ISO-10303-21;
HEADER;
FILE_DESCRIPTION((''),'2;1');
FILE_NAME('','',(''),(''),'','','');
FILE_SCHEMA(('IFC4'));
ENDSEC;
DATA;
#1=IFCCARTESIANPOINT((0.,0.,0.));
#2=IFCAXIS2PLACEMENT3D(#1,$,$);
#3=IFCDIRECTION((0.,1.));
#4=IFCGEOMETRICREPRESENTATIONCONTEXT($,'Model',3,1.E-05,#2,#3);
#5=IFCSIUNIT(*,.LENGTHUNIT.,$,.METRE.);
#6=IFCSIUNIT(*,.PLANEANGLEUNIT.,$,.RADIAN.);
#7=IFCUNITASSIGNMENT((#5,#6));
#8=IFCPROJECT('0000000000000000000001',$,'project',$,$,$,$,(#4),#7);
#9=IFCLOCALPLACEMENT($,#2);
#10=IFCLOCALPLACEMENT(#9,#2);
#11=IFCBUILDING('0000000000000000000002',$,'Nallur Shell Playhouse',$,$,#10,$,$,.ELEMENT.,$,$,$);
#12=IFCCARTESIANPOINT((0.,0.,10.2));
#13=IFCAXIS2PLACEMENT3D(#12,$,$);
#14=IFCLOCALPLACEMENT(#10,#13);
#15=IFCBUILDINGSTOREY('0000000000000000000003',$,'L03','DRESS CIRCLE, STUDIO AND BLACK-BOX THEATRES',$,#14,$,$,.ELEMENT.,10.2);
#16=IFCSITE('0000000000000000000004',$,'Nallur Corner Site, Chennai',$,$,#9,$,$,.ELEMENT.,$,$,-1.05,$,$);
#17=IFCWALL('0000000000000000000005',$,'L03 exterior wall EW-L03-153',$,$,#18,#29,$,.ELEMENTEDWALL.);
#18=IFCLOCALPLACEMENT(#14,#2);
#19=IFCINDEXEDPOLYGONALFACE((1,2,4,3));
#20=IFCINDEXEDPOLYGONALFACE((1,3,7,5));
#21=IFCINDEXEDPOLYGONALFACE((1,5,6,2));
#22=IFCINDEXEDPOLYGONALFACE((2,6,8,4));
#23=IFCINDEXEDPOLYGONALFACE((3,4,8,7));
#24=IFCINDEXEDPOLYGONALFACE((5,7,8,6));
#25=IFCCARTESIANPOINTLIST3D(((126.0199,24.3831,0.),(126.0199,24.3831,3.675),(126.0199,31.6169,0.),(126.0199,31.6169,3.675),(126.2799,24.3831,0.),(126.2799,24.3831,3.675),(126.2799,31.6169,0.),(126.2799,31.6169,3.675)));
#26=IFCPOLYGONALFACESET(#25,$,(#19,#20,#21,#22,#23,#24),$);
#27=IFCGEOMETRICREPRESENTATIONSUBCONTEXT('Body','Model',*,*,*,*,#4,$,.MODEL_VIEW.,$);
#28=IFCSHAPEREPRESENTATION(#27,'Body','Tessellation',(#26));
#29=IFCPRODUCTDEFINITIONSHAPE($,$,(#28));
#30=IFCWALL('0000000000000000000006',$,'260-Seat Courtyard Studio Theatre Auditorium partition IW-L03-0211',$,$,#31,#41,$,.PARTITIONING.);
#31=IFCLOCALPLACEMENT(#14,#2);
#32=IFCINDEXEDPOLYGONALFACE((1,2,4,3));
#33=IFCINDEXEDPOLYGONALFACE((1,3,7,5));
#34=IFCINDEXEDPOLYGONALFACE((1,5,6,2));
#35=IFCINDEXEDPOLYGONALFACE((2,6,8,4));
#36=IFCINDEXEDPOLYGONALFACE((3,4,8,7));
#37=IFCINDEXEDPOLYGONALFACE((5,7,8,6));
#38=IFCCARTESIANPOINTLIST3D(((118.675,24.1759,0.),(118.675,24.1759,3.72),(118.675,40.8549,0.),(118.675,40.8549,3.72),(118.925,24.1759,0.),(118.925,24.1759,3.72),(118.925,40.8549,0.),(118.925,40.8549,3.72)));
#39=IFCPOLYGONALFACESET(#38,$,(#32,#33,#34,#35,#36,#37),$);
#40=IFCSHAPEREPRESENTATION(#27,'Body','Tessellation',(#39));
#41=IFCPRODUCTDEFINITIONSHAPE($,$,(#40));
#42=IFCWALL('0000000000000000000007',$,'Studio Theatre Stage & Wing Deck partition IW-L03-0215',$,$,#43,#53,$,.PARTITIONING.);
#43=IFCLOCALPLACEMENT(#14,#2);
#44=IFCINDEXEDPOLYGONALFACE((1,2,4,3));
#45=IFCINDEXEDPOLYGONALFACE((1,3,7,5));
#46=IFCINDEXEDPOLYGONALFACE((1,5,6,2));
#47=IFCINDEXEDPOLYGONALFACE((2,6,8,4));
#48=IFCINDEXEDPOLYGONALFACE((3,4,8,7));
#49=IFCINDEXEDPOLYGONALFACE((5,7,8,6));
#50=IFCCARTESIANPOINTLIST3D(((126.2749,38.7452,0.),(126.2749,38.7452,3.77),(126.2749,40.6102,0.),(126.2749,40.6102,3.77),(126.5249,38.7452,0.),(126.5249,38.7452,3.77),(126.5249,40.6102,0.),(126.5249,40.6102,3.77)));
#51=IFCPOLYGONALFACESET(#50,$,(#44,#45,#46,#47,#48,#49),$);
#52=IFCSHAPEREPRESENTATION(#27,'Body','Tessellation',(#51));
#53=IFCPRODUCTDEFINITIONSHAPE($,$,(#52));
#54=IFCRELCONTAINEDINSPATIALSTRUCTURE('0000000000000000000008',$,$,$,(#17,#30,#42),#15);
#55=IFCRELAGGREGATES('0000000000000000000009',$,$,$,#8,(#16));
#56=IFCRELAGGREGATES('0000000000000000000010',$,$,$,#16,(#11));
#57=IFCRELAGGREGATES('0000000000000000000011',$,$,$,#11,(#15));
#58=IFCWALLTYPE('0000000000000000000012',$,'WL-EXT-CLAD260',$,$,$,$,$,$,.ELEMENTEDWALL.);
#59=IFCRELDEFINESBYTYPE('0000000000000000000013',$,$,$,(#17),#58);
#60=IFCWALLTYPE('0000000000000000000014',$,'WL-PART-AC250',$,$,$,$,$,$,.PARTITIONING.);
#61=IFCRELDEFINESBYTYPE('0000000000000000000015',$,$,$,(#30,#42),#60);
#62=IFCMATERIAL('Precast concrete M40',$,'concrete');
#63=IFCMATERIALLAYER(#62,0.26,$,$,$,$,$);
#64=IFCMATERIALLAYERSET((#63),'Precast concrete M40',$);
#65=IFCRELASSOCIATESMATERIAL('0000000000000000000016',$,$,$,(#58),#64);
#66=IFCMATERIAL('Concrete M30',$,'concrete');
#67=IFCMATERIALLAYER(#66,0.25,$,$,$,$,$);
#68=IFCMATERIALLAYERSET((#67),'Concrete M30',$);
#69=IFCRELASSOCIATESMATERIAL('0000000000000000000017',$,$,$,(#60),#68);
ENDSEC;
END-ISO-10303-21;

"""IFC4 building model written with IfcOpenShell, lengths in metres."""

from ifc_helpers import new_model, si_unit, direction, frame, frame_2d, origin, place, context, subcontext, project, spatial, rectangle, extrude, material, layer, layer_set, type_object, element, save


model = new_model("IFC4")

# Units and contexts
model_context = context("Model", 3, precision=1e-05, world=origin(), true_north=direction((0.0, 1.0)))
body_context = subcontext(model_context, "Body", "Model", "MODEL_VIEW")
ifc_project = project(units=[si_unit("LENGTHUNIT", "METRE"), si_unit("PLANEANGLEUNIT", "RADIAN")], contexts=[model_context])

# Site, building, storey
site_placement = place(None, origin())
site = spatial("IfcSite", under=ifc_project, at=site_placement, Name="Nallur Corner Site, Chennai", CompositionType="ELEMENT", RefElevation=-1.05)
building_placement = place(site_placement, origin())
building = spatial("IfcBuilding", under=site, at=building_placement, Name="Nallur Shell Playhouse", CompositionType="ELEMENT")
storey_placement = place(building_placement, frame((0.0, 0.0, 10.2)))
storey = spatial("IfcBuildingStorey", under=building, at=storey_placement, Name="L03", Description="DRESS CIRCLE, STUDIO AND BLACK-BOX THEATRES", CompositionType="ELEMENT", Elevation=10.2)

# Walls
ifc_material_1 = material(Name="Precast concrete M40", Category="concrete")
ifc_layer_1 = layer(ifc_material_1, 0.26)
ifc_layer_set_1 = layer_set([ifc_layer_1], Name="Precast concrete M40")
wall_type_1 = type_object("IfcWallType", Name="WL-EXT-CLAD260", PredefinedType="ELEMENTEDWALL", material=ifc_layer_set_1)
wall_1_placement = place(storey_placement, frame((126.1499, 31.6169, 0.0), z_axis=(0.0, 0.0, 1.0), x_axis=(0.0, -1.0, 0.0)))
element("IfcWall", 1, at=wall_1_placement, inside=storey, type_object=wall_type_1, Name="L03 exterior wall EW-L03-153", PredefinedType="ELEMENTEDWALL", context=body_context, shape_type="SweptSolid", body=[
    extrude(rectangle(XDim=7.2339, YDim=0.26, at=frame_2d((3.6169, 0.0))), origin(), (0.0, 0.0, 1.0), 3.675),
])
ifc_material_2 = material(Name="Concrete M30", Category="concrete")
ifc_layer_2 = layer(ifc_material_2, 0.25)
ifc_layer_set_2 = layer_set([ifc_layer_2], Name="Concrete M30")
wall_type_2 = type_object("IfcWallType", Name="WL-PART-AC250", PredefinedType="PARTITIONING", material=ifc_layer_set_2)
wall_2_placement = place(storey_placement, frame((118.8, 24.176, 0.0), z_axis=(0.0, 0.0, 1.0), x_axis=(0.0, 1.0, 0.0)))
element("IfcWall", 2, at=wall_2_placement, inside=storey, type_object=wall_type_2, Name="260-Seat Courtyard Studio Theatre Auditorium partition IW-L03-0211", PredefinedType="PARTITIONING", context=body_context, shape_type="SweptSolid", body=[
    extrude(rectangle(XDim=16.679, YDim=0.25, at=frame_2d((8.3394, 0.0))), origin(), (0.0, 0.0, 1.0), 3.72),
])
wall_3_placement = place(storey_placement, frame((126.3999, 38.7451, 0.0), z_axis=(0.0, 0.0, 1.0), x_axis=(0.0, 1.0, 0.0)))
element("IfcWall", 3, at=wall_3_placement, inside=storey, type_object=wall_type_2, Name="Studio Theatre Stage & Wing Deck partition IW-L03-0215", PredefinedType="PARTITIONING", context=body_context, shape_type="SweptSolid", body=[
    extrude(rectangle(XDim=1.865, YDim=0.25, at=frame_2d((0.9326, 0.0))), origin(), (0.0, 0.0, 1.0), 3.77),
])

save(model, "model.ifc")
